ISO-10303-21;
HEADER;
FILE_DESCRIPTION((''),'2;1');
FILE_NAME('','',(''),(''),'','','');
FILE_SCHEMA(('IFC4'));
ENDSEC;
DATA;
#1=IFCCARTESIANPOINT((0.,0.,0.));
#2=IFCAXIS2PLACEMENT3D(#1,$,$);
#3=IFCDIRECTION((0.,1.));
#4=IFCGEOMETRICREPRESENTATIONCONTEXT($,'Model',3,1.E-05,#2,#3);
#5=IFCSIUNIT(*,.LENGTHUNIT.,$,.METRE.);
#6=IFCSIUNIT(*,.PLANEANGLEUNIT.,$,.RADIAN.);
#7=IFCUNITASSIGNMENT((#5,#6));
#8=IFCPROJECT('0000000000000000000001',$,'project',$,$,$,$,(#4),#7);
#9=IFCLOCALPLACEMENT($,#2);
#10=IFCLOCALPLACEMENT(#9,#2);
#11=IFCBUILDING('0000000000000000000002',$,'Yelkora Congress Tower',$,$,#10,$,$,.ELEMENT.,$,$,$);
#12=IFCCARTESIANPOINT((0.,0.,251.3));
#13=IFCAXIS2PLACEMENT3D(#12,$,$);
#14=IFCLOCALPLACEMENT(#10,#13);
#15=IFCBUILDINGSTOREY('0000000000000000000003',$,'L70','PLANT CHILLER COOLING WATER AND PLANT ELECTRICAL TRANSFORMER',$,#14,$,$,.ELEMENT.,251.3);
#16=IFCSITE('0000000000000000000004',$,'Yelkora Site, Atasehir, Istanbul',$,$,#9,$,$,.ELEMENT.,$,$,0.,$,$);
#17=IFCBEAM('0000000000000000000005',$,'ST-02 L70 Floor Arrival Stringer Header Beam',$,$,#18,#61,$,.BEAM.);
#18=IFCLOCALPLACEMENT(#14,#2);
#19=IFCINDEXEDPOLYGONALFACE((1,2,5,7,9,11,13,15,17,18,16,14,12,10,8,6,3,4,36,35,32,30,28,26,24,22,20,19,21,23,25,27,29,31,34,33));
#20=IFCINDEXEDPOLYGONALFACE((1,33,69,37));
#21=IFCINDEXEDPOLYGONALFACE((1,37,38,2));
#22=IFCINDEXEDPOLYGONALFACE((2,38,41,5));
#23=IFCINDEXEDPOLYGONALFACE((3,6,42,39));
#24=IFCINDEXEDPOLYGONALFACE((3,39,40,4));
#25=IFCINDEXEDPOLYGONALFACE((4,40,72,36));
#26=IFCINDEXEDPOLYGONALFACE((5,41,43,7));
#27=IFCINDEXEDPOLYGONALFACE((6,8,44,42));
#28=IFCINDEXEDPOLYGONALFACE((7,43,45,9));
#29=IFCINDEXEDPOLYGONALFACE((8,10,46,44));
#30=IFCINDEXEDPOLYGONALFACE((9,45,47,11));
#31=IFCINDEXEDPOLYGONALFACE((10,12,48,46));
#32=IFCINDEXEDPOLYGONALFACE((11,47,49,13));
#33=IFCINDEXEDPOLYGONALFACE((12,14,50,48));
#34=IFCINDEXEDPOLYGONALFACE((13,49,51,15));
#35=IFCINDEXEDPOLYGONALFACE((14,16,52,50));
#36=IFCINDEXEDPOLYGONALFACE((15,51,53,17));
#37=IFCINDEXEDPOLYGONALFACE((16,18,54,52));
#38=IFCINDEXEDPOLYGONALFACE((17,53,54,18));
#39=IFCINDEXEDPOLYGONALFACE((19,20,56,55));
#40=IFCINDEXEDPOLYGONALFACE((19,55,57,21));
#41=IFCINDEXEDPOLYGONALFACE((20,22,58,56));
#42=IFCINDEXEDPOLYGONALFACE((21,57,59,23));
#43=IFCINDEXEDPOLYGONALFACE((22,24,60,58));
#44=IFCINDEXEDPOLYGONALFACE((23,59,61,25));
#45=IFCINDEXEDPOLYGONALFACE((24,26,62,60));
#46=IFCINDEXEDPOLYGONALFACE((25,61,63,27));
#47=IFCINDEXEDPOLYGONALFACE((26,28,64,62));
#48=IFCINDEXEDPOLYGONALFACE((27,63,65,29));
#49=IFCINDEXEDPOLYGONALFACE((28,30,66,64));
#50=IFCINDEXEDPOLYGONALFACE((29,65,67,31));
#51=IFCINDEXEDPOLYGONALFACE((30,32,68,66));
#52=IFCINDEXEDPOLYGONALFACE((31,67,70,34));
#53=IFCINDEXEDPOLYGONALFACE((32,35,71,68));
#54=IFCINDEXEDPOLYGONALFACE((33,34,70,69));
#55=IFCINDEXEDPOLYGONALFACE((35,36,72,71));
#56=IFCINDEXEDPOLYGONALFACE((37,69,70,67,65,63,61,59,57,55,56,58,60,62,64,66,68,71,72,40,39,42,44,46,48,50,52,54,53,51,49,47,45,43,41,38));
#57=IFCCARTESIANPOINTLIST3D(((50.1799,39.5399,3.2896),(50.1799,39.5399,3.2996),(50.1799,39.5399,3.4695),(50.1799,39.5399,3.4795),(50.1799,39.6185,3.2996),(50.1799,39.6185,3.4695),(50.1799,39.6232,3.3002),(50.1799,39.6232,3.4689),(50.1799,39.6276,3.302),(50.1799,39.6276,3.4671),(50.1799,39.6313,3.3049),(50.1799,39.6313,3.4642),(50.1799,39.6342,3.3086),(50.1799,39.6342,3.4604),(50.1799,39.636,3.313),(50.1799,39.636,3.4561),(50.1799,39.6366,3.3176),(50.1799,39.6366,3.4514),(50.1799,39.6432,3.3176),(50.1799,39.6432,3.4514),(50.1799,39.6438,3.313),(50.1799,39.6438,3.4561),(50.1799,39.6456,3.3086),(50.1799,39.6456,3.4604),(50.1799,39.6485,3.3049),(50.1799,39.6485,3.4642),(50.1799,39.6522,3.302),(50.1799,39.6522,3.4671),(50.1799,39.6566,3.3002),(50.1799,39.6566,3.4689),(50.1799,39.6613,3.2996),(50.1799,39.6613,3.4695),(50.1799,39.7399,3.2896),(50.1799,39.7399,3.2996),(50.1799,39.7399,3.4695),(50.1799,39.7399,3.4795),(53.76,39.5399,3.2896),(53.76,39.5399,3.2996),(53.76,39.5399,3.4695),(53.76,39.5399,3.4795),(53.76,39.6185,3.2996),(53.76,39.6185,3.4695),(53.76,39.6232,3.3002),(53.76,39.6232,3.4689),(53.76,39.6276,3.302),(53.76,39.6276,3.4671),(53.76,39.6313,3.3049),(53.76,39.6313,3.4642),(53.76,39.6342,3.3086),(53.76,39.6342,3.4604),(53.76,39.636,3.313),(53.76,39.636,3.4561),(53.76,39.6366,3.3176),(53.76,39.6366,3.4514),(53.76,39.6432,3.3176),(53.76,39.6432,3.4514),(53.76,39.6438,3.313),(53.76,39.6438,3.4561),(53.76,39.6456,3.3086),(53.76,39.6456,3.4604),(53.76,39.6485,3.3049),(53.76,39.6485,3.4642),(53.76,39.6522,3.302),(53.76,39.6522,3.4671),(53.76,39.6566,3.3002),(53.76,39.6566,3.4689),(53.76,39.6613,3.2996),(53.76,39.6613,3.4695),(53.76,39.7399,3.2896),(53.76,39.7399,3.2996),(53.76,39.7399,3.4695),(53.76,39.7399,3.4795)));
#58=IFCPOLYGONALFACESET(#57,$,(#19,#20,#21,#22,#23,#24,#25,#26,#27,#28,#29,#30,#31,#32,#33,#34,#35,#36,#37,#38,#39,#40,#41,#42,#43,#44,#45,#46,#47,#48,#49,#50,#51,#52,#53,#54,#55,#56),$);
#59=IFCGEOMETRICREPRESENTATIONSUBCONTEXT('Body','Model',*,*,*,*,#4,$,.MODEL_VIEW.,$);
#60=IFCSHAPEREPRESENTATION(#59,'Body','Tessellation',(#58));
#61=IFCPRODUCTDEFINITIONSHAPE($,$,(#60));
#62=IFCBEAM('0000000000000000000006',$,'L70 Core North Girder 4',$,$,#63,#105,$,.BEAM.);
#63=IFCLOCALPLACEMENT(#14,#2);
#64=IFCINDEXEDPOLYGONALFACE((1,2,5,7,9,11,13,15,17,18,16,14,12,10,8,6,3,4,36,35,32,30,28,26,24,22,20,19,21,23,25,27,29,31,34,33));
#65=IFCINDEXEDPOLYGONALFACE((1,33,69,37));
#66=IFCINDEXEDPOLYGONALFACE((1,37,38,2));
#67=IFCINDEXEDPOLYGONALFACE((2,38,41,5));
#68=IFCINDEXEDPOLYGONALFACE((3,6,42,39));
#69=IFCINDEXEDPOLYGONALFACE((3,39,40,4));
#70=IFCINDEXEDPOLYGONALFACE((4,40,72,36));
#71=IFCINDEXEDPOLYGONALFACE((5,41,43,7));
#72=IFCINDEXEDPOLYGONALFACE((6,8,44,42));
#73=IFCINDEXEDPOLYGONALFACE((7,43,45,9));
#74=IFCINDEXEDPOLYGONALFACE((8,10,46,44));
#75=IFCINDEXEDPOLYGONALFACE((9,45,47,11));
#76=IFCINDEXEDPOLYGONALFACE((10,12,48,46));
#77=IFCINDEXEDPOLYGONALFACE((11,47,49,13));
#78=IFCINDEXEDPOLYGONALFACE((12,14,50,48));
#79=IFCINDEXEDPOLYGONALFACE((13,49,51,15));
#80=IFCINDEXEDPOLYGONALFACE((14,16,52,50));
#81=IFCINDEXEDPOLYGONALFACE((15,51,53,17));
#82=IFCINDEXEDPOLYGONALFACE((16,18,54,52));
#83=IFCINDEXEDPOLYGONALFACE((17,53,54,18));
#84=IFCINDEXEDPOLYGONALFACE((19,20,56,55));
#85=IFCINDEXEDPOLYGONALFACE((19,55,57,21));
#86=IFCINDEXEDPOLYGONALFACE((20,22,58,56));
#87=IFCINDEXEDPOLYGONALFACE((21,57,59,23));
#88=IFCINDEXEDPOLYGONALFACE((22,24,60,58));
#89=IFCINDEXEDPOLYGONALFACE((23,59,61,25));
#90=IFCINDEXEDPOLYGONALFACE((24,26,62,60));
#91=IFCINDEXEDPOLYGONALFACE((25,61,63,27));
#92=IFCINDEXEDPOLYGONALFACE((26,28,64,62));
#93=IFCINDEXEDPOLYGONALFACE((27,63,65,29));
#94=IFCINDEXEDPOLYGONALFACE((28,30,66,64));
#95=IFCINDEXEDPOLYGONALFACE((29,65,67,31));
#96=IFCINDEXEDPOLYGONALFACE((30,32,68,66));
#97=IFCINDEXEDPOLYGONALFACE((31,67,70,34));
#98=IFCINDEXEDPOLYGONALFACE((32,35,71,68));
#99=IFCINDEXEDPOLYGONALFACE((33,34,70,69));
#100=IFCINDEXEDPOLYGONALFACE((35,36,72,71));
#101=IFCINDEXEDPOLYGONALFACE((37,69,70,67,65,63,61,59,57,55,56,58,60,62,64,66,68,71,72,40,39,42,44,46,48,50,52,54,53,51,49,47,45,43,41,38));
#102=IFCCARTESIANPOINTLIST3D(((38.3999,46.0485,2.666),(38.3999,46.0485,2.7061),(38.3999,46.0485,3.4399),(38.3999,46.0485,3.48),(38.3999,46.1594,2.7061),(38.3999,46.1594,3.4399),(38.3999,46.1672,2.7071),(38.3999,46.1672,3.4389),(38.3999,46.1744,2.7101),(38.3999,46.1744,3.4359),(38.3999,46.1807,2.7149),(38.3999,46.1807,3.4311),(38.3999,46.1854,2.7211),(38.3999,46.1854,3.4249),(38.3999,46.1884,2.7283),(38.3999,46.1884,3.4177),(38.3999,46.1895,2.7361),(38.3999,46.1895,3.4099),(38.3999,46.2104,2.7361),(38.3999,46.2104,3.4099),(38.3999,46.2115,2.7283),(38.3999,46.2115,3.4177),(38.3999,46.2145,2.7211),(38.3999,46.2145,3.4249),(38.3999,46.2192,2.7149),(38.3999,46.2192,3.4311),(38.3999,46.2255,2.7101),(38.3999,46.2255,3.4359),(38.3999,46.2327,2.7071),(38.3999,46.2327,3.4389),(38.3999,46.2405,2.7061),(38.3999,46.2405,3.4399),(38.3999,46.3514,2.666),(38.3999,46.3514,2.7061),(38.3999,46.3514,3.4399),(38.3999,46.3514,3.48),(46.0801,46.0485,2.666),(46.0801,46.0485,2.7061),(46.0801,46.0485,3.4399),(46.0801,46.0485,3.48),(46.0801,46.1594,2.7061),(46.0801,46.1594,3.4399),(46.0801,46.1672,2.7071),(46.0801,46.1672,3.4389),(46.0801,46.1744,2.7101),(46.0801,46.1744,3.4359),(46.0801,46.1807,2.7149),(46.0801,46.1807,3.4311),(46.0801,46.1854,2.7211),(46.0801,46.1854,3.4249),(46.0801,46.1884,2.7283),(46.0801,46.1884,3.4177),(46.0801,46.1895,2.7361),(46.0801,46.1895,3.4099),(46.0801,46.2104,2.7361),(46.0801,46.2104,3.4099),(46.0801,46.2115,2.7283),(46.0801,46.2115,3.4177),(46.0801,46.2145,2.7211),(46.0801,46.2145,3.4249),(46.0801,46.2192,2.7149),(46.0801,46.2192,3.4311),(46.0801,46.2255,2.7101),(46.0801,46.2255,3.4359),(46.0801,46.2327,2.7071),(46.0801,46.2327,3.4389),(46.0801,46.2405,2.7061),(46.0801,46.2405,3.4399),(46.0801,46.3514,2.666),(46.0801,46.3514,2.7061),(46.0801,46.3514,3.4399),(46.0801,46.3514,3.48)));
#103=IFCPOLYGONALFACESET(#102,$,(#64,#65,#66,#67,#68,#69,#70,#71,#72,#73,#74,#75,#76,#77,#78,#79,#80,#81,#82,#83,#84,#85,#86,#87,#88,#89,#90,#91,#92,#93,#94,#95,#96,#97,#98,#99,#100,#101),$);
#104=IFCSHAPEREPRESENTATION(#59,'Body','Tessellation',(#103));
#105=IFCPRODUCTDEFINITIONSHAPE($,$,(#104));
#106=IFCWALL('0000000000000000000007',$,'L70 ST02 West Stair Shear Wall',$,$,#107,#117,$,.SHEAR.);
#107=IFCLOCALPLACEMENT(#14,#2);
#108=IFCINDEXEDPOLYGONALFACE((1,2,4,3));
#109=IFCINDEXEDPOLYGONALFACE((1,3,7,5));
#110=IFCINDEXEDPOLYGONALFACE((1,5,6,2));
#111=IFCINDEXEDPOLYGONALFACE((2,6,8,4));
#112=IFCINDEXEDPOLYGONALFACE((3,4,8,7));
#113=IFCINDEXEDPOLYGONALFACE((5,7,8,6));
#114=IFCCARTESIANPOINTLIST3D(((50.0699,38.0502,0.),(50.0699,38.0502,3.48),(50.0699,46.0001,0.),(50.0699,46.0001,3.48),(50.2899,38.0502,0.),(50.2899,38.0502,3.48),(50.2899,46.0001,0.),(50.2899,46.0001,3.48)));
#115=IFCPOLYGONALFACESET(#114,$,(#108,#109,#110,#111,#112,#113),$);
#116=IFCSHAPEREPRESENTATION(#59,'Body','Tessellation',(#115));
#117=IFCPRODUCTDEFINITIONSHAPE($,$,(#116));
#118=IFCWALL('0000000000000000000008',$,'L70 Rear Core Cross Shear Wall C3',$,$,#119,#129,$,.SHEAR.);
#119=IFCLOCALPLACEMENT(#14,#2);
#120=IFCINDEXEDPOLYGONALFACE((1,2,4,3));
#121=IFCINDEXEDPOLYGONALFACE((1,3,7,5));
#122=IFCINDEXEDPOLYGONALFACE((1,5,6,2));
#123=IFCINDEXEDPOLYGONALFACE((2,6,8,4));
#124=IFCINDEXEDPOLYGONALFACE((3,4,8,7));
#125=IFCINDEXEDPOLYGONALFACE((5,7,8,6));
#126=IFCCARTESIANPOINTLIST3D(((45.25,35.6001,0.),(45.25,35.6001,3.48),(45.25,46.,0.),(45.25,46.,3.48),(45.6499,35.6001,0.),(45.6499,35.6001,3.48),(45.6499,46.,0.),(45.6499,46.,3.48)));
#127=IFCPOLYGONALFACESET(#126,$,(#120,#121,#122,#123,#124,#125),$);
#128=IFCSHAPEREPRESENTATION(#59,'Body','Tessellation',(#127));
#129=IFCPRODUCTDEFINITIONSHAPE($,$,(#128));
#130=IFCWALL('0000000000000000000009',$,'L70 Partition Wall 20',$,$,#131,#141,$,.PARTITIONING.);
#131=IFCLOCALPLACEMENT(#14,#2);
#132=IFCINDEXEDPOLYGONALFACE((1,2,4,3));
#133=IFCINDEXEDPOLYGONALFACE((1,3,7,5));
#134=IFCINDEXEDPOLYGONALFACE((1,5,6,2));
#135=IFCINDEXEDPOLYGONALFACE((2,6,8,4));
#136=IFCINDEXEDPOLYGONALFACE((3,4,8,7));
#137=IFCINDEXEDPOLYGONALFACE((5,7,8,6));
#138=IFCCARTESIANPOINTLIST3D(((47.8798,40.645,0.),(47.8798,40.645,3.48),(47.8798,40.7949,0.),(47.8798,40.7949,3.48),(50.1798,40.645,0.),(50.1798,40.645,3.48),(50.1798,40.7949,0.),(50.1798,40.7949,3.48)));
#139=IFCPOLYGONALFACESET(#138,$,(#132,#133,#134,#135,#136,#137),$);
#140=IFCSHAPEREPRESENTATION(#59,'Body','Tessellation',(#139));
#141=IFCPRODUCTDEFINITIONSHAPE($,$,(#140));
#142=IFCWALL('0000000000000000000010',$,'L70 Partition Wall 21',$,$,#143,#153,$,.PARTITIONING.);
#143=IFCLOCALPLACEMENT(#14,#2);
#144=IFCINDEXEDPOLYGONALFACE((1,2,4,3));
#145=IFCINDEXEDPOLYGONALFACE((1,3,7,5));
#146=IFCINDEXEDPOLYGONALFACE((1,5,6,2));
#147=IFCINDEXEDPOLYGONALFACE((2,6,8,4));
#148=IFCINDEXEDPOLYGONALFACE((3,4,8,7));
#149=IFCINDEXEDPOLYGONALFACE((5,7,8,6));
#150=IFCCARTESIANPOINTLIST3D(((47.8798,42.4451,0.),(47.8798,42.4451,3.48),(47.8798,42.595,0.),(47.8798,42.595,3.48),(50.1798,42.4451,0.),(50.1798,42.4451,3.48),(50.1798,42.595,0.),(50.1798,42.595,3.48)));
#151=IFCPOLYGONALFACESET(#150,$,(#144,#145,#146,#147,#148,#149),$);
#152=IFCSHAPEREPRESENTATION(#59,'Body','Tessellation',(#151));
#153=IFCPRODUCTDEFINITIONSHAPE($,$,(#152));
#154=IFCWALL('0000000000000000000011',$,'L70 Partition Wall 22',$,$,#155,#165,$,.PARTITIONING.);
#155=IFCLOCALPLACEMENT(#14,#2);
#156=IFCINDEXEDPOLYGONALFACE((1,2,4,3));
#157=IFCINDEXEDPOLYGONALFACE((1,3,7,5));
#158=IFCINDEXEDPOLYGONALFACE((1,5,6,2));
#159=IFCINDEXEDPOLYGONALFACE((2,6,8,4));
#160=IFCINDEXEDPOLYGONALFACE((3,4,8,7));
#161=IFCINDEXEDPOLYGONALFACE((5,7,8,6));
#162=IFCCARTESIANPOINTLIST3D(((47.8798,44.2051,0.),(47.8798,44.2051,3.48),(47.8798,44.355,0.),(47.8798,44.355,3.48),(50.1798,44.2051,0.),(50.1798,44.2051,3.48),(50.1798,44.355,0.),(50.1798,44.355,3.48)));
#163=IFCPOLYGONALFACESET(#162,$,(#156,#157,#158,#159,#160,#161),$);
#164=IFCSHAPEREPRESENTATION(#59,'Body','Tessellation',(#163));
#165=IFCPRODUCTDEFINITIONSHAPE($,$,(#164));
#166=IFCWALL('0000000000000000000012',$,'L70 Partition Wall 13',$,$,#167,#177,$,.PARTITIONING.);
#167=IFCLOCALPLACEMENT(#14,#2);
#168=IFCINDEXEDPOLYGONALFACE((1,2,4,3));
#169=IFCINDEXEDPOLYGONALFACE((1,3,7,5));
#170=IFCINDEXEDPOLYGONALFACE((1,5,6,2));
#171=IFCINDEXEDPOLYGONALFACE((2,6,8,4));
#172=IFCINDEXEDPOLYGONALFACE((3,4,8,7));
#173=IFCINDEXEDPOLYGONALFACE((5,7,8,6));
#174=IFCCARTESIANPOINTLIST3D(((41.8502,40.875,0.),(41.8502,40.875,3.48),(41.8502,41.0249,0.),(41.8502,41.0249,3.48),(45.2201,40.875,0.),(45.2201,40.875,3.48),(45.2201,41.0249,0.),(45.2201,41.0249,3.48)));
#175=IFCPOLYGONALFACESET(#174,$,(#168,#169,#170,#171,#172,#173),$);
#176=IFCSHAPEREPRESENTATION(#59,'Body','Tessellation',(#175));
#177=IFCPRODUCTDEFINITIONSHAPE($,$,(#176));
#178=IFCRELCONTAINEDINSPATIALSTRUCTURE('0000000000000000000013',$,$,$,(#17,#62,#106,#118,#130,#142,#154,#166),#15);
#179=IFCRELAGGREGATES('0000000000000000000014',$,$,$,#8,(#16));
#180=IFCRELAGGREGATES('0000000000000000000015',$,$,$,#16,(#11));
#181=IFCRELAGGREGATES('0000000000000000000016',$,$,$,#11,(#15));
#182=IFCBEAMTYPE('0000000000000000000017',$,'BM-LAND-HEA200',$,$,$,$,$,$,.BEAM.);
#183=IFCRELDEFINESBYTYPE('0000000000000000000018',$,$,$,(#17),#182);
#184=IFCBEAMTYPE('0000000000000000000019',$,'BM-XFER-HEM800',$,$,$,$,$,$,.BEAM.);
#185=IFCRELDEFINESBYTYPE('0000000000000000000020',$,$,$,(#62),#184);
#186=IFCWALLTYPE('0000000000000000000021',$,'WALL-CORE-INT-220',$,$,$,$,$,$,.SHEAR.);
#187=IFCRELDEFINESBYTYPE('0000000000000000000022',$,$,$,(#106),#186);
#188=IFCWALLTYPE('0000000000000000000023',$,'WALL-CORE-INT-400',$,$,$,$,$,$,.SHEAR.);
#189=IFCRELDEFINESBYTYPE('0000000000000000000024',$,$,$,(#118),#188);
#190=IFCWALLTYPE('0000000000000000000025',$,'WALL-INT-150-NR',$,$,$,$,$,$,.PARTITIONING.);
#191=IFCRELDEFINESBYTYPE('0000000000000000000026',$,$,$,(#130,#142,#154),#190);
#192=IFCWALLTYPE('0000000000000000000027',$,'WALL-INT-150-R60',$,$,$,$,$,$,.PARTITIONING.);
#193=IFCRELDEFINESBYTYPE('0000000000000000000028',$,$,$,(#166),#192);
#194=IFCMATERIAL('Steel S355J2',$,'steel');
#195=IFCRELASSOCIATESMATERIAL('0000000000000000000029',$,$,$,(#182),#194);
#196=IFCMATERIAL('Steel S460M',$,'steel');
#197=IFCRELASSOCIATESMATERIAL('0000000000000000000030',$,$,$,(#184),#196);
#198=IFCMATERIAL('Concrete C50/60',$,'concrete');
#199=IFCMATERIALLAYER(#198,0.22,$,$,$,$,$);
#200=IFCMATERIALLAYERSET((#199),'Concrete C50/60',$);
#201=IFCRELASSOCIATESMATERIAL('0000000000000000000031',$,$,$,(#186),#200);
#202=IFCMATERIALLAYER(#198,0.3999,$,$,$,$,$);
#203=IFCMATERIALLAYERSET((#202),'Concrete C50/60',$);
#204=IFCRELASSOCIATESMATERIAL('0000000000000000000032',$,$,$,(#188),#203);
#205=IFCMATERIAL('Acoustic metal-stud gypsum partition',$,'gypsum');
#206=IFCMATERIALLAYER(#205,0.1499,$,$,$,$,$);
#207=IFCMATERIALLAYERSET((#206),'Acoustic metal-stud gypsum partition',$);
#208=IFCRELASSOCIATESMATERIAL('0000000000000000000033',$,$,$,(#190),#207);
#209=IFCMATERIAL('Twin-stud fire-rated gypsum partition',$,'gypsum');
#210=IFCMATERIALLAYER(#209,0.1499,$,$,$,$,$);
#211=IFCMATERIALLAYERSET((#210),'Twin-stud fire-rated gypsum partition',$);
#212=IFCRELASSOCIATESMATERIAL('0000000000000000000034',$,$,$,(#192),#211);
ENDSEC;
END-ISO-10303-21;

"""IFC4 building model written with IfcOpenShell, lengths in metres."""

from ifc_helpers import new_model, si_unit, direction, frame, frame_2d, origin, origin_2d, place, context, subcontext, project, spatial, rectangle, i_section, extrude, material, layer, layer_set, material_profile, profile_set, type_object, element, save


model = new_model("IFC4")

# Units and contexts
model_context = context("Model", 3, precision=1e-05, world=origin(), true_north=direction((0.0, 1.0)))
body_context = subcontext(model_context, "Body", "Model", "MODEL_VIEW")
ifc_project = project(units=[si_unit("LENGTHUNIT", "METRE"), si_unit("PLANEANGLEUNIT", "RADIAN")], contexts=[model_context])

# Site, building, storey
site_placement = place(None, origin())
site = spatial("IfcSite", under=ifc_project, at=site_placement, Name="Yelkora Site, Atasehir, Istanbul", CompositionType="ELEMENT", RefElevation=0.0)
building_placement = place(site_placement, origin())
building = spatial("IfcBuilding", under=site, at=building_placement, Name="Yelkora Congress Tower", CompositionType="ELEMENT")
storey_placement = place(building_placement, frame((0.0, 0.0, 251.3)))
storey = spatial("IfcBuildingStorey", under=building, at=storey_placement, Name="L70", Description="PLANT CHILLER COOLING WATER AND PLANT ELECTRICAL TRANSFORMER", CompositionType="ELEMENT", Elevation=251.3)

# Shared definitions
ifc_material_1 = material(Name="Steel S460M", Category="steel")

# Beams
ifc_material_2 = material(Name="Steel S355J2", Category="steel")
ifc_material_profile_1 = material_profile(ifc_material_2, i_section(OverallWidth=0.2, OverallDepth=0.1899, WebThickness=0.0066, FlangeThickness=0.01, FilletRadius=0.0181, at=origin_2d()), Name="HEA 200")
ifc_profile_set_1 = profile_set([ifc_material_profile_1], Name="Steel S355J2")
beam_type_1 = type_object("IfcBeamType", Name="BM-LAND-HEA200", PredefinedType="BEAM", material=ifc_profile_set_1)
for number, where, z_axis, x_axis, name in (
    (1, (50.1799, 39.6399, 3.3845), (1.0, 0.0, 0.0), (0.0, 1.0, 0.0), "ST-02 L70 Floor Arrival Stringer Header Beam"),
):
    element("IfcBeam", number, at=place(storey_placement, frame(where, z_axis=z_axis, x_axis=x_axis)), inside=storey, type_object=beam_type_1, Name=name, PredefinedType="BEAM", context=body_context, shape_type="SweptSolid", body=[
        extrude(i_section(OverallWidth=0.2, OverallDepth=0.1899, WebThickness=0.0066, FlangeThickness=0.01, FilletRadius=0.0181, at=origin_2d()), origin(), (0.0, 0.0, 1.0), 3.5801),
    ])
ifc_material_profile_2 = material_profile(ifc_material_1, i_section(OverallWidth=0.303, OverallDepth=0.814, WebThickness=0.021, FlangeThickness=0.04, FilletRadius=0.03, at=origin_2d()), Name="HEM 800")
ifc_profile_set_2 = profile_set([ifc_material_profile_2], Name="Steel S460M")
beam_type_2 = type_object("IfcBeamType", Name="BM-XFER-HEM800", PredefinedType="BEAM", material=ifc_profile_set_2)
beam_placement = place(storey_placement, frame((38.3999, 46.2, 3.073), z_axis=(1.0, 0.0, 0.0), x_axis=(0.0, 1.0, 0.0)))
element("IfcBeam", 2, at=beam_placement, inside=storey, type_object=beam_type_2, Name="L70 Core North Girder 4", PredefinedType="BEAM", context=body_context, shape_type="SweptSolid", body=[
    extrude(i_section(OverallWidth=0.303, OverallDepth=0.814, WebThickness=0.021, FlangeThickness=0.04, FilletRadius=0.03, at=origin_2d()), origin(), (0.0, 0.0, 1.0), 7.6802),
])

# Walls
ifc_material_3 = material(Name="Concrete C50/60", Category="concrete")
ifc_layer_1 = layer(ifc_material_3, 0.22)
ifc_layer_set_1 = layer_set([ifc_layer_1], Name="Concrete C50/60")
wall_type_1 = type_object("IfcWallType", Name="WALL-CORE-INT-220", PredefinedType="SHEAR", material=ifc_layer_set_1)
wall_1_placement = place(storey_placement, frame((50.1799, 38.05, 0.0), z_axis=(0.0, 0.0, 1.0), x_axis=(0.0, 1.0, 0.0)))
element("IfcWall", 3, at=wall_1_placement, inside=storey, type_object=wall_type_1, Name="L70 ST02 West Stair Shear Wall", PredefinedType="SHEAR", context=body_context, shape_type="SweptSolid", body=[
    extrude(rectangle(XDim=7.95, YDim=0.22, at=frame_2d((3.9751, 0.0))), origin(), (0.0, 0.0, 1.0), 3.48),
])
ifc_layer_2 = layer(ifc_material_3, 0.3999)
ifc_layer_set_2 = layer_set([ifc_layer_2], Name="Concrete C50/60")
wall_type_2 = type_object("IfcWallType", Name="WALL-CORE-INT-400", PredefinedType="SHEAR", material=ifc_layer_set_2)
wall_2_placement = place(storey_placement, frame((45.45, 35.6001, 0.0), z_axis=(0.0, 0.0, 1.0), x_axis=(0.0, 1.0, 0.0)))
element("IfcWall", 4, at=wall_2_placement, inside=storey, type_object=wall_type_2, Name="L70 Rear Core Cross Shear Wall C3", PredefinedType="SHEAR", context=body_context, shape_type="SweptSolid", body=[
    extrude(rectangle(XDim=10.3999, YDim=0.3999, at=frame_2d((5.2, 0.0))), origin(), (0.0, 0.0, 1.0), 3.48),
])
ifc_material_4 = material(Name="Acoustic metal-stud gypsum partition", Category="gypsum")
ifc_layer_3 = layer(ifc_material_4, 0.1499)
ifc_layer_set_3 = layer_set([ifc_layer_3], Name="Acoustic metal-stud gypsum partition")
wall_type_3 = type_object("IfcWallType", Name="WALL-INT-150-NR", PredefinedType="PARTITIONING", material=ifc_layer_set_3)
for number, where, z_axis, x_axis, name in (
    (5, (47.8799, 40.72, 0.0), (0.0, 0.0, 1.0), (1.0, 0.0, 0.0), "L70 Partition Wall 20"),
    (6, (47.8799, 42.52, 0.0), (0.0, 0.0, 1.0), (1.0, 0.0, 0.0), "L70 Partition Wall 21"),
    (7, (47.8799, 44.28, 0.0), (0.0, 0.0, 1.0), (1.0, 0.0, 0.0), "L70 Partition Wall 22"),
):
    element("IfcWall", number, at=place(storey_placement, frame(where, z_axis=z_axis, x_axis=x_axis)), inside=storey, type_object=wall_type_3, Name=name, PredefinedType="PARTITIONING", context=body_context, shape_type="SweptSolid", body=[
        extrude(rectangle(XDim=2.3, YDim=0.1499, at=frame_2d((1.1499, 0.0))), origin(), (0.0, 0.0, 1.0), 3.48),
    ])

# Wall
ifc_material_5 = material(Name="Twin-stud fire-rated gypsum partition", Category="gypsum")
ifc_layer_4 = layer(ifc_material_5, 0.1499)
ifc_layer_set_4 = layer_set([ifc_layer_4], Name="Twin-stud fire-rated gypsum partition")
wall_type_4 = type_object("IfcWallType", Name="WALL-INT-150-R60", PredefinedType="PARTITIONING", material=ifc_layer_set_4)
wall_3_placement = place(storey_placement, frame((41.8501, 40.95, 0.0), z_axis=(0.0, 0.0, 1.0), x_axis=(1.0, 0.0, 0.0)))
element("IfcWall", 8, at=wall_3_placement, inside=storey, type_object=wall_type_4, Name="L70 Partition Wall 13", PredefinedType="PARTITIONING", context=body_context, shape_type="SweptSolid", body=[
    extrude(rectangle(XDim=3.3699, YDim=0.1499, at=frame_2d((1.6851, 0.0))), origin(), (0.0, 0.0, 1.0), 3.48),
])

save(model, "model.ifc")
